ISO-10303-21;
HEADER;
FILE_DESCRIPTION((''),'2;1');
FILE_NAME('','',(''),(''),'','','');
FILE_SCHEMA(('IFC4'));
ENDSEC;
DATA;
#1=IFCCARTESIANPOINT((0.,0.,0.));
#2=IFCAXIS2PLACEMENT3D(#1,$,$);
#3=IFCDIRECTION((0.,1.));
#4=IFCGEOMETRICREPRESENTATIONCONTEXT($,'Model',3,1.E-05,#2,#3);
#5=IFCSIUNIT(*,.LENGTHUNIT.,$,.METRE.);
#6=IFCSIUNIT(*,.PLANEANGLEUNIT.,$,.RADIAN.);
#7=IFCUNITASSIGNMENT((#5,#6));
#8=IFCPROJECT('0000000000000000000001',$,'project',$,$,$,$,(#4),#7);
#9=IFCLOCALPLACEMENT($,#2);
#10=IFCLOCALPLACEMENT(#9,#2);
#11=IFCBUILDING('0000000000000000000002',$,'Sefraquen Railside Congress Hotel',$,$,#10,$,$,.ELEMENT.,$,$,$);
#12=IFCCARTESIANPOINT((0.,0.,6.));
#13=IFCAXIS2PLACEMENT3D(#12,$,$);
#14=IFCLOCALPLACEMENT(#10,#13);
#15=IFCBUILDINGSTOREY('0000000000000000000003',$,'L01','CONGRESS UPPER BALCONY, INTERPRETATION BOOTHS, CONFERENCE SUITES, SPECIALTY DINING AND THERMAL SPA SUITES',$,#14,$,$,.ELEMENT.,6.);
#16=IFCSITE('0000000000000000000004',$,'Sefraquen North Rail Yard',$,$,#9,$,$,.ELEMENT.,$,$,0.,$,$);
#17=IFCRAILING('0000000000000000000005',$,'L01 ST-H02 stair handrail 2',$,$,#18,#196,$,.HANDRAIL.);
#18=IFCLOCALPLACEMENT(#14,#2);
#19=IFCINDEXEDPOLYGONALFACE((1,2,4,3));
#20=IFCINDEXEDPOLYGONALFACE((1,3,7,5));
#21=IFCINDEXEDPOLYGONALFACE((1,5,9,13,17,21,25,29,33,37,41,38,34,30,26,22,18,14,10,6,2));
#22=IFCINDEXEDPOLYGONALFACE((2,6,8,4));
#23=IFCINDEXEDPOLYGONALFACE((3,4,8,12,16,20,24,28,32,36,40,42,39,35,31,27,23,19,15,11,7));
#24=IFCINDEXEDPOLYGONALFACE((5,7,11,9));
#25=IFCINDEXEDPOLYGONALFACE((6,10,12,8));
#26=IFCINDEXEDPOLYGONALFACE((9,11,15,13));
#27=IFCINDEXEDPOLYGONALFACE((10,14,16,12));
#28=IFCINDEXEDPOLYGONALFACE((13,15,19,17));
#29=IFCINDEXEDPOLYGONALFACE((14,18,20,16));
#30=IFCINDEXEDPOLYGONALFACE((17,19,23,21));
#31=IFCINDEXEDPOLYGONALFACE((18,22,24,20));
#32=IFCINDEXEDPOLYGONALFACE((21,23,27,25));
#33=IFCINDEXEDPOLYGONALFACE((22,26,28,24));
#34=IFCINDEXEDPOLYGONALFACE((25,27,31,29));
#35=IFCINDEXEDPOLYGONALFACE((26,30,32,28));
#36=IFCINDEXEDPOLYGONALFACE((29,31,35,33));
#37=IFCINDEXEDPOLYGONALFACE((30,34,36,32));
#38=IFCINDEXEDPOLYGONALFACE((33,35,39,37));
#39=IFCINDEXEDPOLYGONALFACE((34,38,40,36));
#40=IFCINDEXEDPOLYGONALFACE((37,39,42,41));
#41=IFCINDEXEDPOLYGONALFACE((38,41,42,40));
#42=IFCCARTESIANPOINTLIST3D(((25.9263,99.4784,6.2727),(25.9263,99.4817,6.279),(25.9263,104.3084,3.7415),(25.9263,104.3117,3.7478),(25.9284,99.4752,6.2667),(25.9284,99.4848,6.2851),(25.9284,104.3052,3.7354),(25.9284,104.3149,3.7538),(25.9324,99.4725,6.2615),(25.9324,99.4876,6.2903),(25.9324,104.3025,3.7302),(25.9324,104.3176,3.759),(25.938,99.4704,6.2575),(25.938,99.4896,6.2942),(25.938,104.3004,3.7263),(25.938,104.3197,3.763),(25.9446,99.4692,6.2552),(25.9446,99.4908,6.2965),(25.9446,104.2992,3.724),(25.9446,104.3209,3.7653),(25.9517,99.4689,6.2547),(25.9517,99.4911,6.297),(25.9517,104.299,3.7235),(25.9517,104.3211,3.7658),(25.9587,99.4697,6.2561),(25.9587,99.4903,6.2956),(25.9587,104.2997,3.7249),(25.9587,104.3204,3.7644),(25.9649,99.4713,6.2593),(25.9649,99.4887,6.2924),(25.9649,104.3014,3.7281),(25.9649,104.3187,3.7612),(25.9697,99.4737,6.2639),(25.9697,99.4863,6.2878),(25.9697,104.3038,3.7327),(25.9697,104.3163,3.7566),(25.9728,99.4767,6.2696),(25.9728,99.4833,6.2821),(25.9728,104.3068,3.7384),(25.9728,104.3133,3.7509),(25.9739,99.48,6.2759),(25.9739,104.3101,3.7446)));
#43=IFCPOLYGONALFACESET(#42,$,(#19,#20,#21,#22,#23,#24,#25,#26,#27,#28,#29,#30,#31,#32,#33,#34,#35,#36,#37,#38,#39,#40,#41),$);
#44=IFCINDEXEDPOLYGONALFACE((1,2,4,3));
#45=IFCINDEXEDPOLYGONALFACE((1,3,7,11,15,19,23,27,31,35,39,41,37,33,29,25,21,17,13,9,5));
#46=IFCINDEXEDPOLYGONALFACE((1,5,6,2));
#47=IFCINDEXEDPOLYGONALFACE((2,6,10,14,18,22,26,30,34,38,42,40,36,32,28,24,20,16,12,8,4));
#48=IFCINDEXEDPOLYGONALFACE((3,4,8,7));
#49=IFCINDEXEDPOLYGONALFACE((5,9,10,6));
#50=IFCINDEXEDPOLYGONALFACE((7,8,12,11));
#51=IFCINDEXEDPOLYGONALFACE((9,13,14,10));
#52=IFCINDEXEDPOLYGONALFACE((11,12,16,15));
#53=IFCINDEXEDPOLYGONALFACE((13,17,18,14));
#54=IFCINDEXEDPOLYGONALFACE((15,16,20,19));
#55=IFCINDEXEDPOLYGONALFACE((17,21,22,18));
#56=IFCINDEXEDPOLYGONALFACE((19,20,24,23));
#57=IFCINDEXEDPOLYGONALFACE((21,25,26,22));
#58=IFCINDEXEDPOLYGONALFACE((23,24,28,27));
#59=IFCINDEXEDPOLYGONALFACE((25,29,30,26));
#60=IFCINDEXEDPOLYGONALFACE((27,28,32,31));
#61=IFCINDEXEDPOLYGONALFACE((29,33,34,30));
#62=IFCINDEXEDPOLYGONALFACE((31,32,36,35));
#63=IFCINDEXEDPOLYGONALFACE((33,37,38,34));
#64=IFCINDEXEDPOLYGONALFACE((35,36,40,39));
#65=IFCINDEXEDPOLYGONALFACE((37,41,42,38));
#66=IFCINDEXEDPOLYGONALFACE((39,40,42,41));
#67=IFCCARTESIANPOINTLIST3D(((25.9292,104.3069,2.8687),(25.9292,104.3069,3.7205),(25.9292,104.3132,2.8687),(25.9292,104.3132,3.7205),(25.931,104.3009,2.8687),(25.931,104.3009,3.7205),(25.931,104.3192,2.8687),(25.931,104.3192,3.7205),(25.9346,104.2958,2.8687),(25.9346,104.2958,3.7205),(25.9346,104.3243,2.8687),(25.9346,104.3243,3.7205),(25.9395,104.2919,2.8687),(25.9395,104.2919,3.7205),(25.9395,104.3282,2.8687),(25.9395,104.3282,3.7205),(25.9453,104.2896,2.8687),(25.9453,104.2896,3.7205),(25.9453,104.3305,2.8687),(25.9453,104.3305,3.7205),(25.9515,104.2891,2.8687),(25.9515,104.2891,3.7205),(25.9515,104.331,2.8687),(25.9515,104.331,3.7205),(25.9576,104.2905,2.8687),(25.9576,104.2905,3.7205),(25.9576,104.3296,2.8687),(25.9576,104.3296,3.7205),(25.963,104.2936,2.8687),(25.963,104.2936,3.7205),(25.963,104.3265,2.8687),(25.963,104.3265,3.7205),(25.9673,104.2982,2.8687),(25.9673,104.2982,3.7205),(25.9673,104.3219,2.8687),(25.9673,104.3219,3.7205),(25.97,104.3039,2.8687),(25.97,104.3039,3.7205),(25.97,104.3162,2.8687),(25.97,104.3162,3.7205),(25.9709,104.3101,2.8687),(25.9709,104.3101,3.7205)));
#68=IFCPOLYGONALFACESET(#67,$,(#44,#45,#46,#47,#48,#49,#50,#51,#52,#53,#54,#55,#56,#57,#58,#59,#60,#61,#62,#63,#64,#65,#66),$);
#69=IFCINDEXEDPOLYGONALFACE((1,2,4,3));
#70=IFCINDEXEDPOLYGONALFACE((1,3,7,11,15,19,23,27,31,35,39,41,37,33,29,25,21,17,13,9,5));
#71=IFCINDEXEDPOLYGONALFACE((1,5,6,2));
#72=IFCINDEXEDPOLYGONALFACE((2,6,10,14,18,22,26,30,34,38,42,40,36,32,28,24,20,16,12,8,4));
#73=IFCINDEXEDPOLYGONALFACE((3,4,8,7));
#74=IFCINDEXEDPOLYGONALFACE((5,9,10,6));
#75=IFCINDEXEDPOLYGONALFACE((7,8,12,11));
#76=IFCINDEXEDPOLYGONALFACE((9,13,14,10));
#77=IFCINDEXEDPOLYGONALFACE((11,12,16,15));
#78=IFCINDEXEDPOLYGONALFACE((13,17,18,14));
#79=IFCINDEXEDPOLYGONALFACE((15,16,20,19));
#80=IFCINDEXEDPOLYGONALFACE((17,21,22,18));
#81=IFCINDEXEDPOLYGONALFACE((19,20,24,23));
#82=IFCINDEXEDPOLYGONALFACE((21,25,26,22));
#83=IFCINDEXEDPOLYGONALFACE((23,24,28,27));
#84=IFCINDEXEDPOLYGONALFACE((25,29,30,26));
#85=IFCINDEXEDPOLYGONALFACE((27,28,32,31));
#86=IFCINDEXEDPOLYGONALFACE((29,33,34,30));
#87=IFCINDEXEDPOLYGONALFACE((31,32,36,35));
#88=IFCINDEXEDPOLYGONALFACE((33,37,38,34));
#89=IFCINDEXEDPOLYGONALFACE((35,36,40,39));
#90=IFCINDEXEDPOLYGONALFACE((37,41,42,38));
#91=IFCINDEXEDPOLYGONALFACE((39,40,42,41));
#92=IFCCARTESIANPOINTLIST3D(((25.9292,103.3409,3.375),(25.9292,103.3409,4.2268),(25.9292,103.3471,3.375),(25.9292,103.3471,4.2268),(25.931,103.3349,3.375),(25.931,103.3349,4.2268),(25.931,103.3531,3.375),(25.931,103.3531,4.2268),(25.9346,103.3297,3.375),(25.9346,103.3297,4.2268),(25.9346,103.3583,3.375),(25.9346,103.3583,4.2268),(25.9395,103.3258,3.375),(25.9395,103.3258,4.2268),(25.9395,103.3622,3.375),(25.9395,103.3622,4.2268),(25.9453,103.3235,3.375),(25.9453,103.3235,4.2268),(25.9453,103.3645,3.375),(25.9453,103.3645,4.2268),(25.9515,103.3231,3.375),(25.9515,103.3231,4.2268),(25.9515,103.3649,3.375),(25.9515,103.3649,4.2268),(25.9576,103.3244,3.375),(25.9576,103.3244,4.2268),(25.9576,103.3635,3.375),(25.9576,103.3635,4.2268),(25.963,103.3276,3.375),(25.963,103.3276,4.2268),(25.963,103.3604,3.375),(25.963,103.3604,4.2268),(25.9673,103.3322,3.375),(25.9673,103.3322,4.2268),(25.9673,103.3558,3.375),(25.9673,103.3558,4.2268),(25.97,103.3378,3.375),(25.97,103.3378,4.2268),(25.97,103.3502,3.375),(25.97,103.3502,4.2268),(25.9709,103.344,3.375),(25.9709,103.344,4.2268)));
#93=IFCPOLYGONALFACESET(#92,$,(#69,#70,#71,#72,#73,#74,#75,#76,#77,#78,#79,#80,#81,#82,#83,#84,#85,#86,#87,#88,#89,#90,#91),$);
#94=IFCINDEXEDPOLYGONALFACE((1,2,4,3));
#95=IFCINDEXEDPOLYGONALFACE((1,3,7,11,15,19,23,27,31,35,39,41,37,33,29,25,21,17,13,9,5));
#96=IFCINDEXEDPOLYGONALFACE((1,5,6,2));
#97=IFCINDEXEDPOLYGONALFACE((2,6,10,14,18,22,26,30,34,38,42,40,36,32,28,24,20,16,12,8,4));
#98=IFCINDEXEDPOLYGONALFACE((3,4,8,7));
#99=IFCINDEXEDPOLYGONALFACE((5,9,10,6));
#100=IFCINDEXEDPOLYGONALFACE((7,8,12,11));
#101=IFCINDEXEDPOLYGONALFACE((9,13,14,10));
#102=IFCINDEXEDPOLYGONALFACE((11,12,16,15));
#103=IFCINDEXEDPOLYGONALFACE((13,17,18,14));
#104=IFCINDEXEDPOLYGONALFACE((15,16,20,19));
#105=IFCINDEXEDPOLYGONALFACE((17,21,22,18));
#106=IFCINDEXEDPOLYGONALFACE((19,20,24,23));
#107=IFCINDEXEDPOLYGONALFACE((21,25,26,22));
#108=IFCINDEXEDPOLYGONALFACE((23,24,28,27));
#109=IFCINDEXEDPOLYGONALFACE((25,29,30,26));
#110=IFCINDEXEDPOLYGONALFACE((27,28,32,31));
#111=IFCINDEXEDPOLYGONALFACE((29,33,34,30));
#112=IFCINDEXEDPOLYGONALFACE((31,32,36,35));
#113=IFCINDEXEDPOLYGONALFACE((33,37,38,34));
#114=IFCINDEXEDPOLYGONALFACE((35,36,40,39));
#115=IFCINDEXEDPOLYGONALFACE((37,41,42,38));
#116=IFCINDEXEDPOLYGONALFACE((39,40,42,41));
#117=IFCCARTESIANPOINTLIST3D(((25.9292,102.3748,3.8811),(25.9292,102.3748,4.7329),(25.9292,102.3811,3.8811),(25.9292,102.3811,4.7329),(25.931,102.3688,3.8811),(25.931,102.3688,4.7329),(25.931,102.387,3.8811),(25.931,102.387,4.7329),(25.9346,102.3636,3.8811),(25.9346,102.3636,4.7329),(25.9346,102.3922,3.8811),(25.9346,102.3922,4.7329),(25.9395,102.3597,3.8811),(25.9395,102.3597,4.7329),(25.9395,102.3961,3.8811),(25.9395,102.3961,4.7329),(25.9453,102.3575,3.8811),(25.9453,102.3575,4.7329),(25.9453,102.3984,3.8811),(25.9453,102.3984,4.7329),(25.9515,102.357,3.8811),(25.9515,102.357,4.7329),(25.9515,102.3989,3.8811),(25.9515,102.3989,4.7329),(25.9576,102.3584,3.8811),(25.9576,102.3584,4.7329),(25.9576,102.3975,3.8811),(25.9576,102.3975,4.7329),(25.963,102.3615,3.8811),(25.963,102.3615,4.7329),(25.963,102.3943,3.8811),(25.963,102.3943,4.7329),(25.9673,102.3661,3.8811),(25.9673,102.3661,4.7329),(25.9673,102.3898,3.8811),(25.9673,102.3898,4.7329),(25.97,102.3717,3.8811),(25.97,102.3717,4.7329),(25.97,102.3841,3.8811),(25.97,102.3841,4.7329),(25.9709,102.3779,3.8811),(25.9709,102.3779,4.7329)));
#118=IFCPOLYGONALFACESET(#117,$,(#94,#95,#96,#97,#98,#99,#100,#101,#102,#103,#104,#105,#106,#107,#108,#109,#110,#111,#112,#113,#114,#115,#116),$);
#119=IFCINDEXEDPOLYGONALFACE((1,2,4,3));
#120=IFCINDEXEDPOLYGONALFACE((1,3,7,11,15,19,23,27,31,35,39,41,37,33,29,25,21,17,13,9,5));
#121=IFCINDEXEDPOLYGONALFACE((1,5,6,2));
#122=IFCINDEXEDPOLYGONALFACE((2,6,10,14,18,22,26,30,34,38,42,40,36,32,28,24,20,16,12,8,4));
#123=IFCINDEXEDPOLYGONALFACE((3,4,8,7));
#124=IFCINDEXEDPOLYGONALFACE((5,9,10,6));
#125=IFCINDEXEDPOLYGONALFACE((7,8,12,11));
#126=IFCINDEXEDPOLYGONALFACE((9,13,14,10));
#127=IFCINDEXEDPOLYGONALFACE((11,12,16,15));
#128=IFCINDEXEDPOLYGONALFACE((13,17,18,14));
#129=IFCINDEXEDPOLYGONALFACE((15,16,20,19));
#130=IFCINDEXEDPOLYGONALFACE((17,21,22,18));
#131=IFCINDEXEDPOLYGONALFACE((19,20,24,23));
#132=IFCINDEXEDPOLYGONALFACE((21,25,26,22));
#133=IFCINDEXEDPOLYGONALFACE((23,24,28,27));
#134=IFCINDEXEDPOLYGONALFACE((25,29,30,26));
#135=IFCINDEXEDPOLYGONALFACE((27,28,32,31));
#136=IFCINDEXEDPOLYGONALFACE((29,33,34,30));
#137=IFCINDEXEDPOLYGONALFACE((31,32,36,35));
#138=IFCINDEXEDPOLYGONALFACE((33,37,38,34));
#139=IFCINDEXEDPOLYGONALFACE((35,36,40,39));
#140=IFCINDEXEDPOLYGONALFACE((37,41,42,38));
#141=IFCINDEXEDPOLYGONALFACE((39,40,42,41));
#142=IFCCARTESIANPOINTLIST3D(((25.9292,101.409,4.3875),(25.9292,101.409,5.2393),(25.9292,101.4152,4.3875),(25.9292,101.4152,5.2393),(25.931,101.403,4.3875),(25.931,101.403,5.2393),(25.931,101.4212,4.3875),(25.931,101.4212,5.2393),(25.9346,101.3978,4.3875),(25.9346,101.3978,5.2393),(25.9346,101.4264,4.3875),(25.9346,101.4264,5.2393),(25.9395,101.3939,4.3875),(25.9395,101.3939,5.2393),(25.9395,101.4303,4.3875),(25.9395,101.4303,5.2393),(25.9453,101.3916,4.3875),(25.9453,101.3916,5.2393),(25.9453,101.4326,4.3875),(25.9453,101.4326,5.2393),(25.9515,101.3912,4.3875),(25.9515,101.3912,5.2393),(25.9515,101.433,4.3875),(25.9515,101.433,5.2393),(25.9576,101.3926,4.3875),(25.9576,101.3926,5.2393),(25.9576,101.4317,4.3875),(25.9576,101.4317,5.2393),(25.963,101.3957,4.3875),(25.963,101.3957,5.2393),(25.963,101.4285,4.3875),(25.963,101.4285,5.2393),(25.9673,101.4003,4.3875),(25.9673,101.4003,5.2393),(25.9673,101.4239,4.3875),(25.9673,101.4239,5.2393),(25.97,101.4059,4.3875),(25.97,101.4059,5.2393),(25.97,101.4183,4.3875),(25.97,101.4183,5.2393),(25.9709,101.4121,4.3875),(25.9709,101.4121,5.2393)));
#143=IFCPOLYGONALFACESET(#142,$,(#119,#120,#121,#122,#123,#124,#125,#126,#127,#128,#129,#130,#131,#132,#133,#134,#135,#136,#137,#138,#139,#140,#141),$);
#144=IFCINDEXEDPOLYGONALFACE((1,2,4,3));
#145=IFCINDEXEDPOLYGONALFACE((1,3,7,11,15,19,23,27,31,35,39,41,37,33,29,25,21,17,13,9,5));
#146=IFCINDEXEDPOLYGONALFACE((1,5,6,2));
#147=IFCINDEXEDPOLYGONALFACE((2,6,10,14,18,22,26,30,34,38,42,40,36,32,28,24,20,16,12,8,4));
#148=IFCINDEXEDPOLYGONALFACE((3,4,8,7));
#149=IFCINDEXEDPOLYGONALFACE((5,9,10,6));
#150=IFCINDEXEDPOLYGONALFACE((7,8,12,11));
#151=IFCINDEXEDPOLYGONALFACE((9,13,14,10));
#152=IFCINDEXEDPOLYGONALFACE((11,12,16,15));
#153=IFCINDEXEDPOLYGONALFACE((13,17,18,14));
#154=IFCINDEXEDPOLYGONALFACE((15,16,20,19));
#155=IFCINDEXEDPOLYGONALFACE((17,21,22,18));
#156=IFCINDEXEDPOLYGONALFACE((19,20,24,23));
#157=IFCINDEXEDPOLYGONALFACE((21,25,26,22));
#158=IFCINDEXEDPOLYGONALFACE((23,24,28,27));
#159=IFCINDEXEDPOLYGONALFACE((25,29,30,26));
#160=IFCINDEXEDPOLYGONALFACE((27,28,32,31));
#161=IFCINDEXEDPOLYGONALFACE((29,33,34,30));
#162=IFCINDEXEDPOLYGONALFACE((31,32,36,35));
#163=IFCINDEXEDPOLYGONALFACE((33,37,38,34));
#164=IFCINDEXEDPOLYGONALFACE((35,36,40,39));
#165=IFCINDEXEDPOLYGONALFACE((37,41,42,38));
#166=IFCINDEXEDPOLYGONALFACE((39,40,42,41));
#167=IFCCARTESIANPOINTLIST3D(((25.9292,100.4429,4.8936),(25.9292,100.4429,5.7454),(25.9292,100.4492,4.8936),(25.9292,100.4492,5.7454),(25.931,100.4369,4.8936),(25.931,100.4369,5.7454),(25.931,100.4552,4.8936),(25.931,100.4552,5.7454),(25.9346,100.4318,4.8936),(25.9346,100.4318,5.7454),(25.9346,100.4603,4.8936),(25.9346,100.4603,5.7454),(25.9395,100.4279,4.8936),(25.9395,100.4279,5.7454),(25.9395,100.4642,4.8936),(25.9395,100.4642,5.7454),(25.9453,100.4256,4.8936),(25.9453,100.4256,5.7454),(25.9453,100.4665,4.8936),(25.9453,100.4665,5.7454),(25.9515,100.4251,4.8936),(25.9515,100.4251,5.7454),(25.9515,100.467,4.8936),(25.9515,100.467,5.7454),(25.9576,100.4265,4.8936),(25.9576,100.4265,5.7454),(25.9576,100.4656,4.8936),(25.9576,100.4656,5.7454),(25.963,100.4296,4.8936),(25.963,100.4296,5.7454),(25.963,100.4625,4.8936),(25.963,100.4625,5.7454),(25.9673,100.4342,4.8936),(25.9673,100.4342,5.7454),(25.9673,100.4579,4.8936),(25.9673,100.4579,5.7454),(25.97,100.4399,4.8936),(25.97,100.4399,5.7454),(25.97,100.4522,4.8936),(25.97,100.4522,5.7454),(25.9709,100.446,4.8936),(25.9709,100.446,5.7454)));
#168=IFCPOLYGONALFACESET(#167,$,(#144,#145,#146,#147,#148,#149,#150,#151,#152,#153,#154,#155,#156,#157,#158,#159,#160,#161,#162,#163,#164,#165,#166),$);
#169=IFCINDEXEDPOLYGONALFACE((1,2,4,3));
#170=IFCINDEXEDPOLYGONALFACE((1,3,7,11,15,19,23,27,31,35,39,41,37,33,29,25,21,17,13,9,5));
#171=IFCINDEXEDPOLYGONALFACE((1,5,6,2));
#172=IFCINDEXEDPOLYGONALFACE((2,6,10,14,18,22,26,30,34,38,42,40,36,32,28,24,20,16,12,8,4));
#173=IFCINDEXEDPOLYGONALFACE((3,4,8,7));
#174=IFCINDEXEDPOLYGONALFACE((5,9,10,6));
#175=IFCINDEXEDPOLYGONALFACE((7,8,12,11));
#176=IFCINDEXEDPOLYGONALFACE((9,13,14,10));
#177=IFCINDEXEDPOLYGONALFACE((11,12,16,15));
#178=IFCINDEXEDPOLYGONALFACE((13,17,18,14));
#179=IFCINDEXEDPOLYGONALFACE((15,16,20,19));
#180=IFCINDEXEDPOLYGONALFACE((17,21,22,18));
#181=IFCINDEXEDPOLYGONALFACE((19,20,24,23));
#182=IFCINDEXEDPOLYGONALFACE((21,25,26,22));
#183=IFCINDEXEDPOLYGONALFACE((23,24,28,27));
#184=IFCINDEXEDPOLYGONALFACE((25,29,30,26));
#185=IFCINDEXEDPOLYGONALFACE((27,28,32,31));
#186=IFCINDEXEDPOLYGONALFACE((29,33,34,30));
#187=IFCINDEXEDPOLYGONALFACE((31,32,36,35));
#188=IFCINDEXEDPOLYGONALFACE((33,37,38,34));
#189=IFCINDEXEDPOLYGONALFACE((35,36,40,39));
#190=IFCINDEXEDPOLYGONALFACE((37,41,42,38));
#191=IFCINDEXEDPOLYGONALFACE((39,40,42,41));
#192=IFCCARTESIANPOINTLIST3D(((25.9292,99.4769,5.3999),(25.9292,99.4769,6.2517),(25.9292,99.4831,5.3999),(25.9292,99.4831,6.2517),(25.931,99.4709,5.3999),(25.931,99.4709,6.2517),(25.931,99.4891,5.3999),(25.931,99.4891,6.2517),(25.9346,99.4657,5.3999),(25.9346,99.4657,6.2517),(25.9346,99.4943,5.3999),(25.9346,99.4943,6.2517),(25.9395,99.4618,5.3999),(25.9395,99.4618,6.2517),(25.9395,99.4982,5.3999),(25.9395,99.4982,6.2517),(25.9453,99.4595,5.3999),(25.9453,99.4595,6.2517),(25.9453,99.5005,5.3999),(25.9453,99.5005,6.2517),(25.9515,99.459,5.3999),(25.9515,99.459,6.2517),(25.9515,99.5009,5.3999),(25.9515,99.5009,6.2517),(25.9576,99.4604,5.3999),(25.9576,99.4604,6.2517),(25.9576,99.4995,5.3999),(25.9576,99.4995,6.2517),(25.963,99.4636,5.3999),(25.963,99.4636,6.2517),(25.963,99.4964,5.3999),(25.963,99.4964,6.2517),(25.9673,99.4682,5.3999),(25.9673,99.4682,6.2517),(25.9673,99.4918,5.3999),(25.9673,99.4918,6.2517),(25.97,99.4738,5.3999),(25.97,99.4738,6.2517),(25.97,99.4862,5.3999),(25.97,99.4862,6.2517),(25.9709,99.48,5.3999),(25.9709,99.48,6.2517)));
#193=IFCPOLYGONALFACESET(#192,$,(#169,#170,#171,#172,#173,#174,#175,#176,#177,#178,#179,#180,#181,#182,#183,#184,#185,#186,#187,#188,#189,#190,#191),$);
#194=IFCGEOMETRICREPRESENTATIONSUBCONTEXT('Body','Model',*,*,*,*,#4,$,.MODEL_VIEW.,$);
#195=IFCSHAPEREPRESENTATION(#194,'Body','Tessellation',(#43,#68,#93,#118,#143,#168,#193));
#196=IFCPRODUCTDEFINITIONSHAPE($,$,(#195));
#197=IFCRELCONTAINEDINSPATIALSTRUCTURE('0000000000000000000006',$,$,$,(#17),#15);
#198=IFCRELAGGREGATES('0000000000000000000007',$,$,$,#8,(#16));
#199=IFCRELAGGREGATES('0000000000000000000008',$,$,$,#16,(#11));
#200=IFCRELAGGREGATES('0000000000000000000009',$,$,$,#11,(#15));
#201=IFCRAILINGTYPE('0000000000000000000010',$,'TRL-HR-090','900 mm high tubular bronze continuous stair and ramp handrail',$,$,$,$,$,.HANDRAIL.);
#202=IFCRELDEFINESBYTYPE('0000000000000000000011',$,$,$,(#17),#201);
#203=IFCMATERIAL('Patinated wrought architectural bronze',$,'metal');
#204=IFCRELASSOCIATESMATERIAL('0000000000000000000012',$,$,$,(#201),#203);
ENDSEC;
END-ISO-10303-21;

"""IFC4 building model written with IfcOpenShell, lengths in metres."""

from ifc_helpers import new_model, si_unit, direction, frame, origin, origin_2d, place, context, subcontext, project, spatial, circle, extrude, material, type_object, element, save


model = new_model("IFC4")

# Units and contexts
model_context = context("Model", 3, precision=1e-05, world=origin(), true_north=direction((0.0, 1.0)))
body_context = subcontext(model_context, "Body", "Model", "MODEL_VIEW")
ifc_project = project(units=[si_unit("LENGTHUNIT", "METRE"), si_unit("PLANEANGLEUNIT", "RADIAN")], contexts=[model_context])

# Site, building, storey
site_placement = place(None, origin())
site = spatial("IfcSite", under=ifc_project, at=site_placement, Name="Sefraquen North Rail Yard", CompositionType="ELEMENT", RefElevation=0.0)
building_placement = place(site_placement, origin())
building = spatial("IfcBuilding", under=site, at=building_placement, Name="Sefraquen Railside Congress Hotel", CompositionType="ELEMENT")
storey_placement = place(building_placement, frame((0.0, 0.0, 6.0)))
storey = spatial("IfcBuildingStorey", under=building, at=storey_placement, Name="L01", Description="CONGRESS UPPER BALCONY, INTERPRETATION BOOTHS, CONFERENCE SUITES, SPECIALTY DINING AND THERMAL SPA SUITES", CompositionType="ELEMENT", Elevation=6.0)

# Railing
ifc_material_1 = material(Name="Patinated wrought architectural bronze", Category="metal")
railing_type_1 = type_object("IfcRailingType", Name="TRL-HR-090", Description="900 mm high tubular bronze continuous stair and ramp handrail", PredefinedType="HANDRAIL", material=ifc_material_1)
railing_1_placement = place(storey_placement, frame((25.95, 104.3101, 2.8687)))
element("IfcRailing", 1, at=railing_1_placement, inside=storey, type_object=railing_type_1, Name="L01 ST-H02 stair handrail 2", PredefinedType="HANDRAIL", context=body_context, shape_type="SweptSolid", body=[
    extrude(circle(Radius=0.0239, at=origin_2d()), frame((0.0, 0.0, 0.876), z_axis=(0.0, -0.88574, 0.464181), x_axis=(1.0, 0.0, 0.0)), (0.0, 0.0, 1.0), 5.4531),
    extrude(circle(Radius=0.021, at=origin_2d()), origin(), (0.0, 0.0, 1.0), 0.8518),
    extrude(circle(Radius=0.021, at=origin_2d()), frame((0.0, -0.9661, 0.5063)), (0.0, 0.0, 1.0), 0.8518),
    extrude(circle(Radius=0.021, at=origin_2d()), frame((0.0, -1.9321, 1.0125)), (0.0, 0.0, 1.0), 0.8518),
    extrude(circle(Radius=0.021, at=origin_2d()), frame((0.0, -2.8979, 1.5188)), (0.0, 0.0, 1.0), 0.8518),
    extrude(circle(Radius=0.021, at=origin_2d()), frame((0.0, -3.864, 2.0249)), (0.0, 0.0, 1.0), 0.8518),
    extrude(circle(Radius=0.021, at=origin_2d()), frame((0.0, -4.8301, 2.5312)), (0.0, 0.0, 1.0), 0.8518),
])

save(model, "model.ifc")
